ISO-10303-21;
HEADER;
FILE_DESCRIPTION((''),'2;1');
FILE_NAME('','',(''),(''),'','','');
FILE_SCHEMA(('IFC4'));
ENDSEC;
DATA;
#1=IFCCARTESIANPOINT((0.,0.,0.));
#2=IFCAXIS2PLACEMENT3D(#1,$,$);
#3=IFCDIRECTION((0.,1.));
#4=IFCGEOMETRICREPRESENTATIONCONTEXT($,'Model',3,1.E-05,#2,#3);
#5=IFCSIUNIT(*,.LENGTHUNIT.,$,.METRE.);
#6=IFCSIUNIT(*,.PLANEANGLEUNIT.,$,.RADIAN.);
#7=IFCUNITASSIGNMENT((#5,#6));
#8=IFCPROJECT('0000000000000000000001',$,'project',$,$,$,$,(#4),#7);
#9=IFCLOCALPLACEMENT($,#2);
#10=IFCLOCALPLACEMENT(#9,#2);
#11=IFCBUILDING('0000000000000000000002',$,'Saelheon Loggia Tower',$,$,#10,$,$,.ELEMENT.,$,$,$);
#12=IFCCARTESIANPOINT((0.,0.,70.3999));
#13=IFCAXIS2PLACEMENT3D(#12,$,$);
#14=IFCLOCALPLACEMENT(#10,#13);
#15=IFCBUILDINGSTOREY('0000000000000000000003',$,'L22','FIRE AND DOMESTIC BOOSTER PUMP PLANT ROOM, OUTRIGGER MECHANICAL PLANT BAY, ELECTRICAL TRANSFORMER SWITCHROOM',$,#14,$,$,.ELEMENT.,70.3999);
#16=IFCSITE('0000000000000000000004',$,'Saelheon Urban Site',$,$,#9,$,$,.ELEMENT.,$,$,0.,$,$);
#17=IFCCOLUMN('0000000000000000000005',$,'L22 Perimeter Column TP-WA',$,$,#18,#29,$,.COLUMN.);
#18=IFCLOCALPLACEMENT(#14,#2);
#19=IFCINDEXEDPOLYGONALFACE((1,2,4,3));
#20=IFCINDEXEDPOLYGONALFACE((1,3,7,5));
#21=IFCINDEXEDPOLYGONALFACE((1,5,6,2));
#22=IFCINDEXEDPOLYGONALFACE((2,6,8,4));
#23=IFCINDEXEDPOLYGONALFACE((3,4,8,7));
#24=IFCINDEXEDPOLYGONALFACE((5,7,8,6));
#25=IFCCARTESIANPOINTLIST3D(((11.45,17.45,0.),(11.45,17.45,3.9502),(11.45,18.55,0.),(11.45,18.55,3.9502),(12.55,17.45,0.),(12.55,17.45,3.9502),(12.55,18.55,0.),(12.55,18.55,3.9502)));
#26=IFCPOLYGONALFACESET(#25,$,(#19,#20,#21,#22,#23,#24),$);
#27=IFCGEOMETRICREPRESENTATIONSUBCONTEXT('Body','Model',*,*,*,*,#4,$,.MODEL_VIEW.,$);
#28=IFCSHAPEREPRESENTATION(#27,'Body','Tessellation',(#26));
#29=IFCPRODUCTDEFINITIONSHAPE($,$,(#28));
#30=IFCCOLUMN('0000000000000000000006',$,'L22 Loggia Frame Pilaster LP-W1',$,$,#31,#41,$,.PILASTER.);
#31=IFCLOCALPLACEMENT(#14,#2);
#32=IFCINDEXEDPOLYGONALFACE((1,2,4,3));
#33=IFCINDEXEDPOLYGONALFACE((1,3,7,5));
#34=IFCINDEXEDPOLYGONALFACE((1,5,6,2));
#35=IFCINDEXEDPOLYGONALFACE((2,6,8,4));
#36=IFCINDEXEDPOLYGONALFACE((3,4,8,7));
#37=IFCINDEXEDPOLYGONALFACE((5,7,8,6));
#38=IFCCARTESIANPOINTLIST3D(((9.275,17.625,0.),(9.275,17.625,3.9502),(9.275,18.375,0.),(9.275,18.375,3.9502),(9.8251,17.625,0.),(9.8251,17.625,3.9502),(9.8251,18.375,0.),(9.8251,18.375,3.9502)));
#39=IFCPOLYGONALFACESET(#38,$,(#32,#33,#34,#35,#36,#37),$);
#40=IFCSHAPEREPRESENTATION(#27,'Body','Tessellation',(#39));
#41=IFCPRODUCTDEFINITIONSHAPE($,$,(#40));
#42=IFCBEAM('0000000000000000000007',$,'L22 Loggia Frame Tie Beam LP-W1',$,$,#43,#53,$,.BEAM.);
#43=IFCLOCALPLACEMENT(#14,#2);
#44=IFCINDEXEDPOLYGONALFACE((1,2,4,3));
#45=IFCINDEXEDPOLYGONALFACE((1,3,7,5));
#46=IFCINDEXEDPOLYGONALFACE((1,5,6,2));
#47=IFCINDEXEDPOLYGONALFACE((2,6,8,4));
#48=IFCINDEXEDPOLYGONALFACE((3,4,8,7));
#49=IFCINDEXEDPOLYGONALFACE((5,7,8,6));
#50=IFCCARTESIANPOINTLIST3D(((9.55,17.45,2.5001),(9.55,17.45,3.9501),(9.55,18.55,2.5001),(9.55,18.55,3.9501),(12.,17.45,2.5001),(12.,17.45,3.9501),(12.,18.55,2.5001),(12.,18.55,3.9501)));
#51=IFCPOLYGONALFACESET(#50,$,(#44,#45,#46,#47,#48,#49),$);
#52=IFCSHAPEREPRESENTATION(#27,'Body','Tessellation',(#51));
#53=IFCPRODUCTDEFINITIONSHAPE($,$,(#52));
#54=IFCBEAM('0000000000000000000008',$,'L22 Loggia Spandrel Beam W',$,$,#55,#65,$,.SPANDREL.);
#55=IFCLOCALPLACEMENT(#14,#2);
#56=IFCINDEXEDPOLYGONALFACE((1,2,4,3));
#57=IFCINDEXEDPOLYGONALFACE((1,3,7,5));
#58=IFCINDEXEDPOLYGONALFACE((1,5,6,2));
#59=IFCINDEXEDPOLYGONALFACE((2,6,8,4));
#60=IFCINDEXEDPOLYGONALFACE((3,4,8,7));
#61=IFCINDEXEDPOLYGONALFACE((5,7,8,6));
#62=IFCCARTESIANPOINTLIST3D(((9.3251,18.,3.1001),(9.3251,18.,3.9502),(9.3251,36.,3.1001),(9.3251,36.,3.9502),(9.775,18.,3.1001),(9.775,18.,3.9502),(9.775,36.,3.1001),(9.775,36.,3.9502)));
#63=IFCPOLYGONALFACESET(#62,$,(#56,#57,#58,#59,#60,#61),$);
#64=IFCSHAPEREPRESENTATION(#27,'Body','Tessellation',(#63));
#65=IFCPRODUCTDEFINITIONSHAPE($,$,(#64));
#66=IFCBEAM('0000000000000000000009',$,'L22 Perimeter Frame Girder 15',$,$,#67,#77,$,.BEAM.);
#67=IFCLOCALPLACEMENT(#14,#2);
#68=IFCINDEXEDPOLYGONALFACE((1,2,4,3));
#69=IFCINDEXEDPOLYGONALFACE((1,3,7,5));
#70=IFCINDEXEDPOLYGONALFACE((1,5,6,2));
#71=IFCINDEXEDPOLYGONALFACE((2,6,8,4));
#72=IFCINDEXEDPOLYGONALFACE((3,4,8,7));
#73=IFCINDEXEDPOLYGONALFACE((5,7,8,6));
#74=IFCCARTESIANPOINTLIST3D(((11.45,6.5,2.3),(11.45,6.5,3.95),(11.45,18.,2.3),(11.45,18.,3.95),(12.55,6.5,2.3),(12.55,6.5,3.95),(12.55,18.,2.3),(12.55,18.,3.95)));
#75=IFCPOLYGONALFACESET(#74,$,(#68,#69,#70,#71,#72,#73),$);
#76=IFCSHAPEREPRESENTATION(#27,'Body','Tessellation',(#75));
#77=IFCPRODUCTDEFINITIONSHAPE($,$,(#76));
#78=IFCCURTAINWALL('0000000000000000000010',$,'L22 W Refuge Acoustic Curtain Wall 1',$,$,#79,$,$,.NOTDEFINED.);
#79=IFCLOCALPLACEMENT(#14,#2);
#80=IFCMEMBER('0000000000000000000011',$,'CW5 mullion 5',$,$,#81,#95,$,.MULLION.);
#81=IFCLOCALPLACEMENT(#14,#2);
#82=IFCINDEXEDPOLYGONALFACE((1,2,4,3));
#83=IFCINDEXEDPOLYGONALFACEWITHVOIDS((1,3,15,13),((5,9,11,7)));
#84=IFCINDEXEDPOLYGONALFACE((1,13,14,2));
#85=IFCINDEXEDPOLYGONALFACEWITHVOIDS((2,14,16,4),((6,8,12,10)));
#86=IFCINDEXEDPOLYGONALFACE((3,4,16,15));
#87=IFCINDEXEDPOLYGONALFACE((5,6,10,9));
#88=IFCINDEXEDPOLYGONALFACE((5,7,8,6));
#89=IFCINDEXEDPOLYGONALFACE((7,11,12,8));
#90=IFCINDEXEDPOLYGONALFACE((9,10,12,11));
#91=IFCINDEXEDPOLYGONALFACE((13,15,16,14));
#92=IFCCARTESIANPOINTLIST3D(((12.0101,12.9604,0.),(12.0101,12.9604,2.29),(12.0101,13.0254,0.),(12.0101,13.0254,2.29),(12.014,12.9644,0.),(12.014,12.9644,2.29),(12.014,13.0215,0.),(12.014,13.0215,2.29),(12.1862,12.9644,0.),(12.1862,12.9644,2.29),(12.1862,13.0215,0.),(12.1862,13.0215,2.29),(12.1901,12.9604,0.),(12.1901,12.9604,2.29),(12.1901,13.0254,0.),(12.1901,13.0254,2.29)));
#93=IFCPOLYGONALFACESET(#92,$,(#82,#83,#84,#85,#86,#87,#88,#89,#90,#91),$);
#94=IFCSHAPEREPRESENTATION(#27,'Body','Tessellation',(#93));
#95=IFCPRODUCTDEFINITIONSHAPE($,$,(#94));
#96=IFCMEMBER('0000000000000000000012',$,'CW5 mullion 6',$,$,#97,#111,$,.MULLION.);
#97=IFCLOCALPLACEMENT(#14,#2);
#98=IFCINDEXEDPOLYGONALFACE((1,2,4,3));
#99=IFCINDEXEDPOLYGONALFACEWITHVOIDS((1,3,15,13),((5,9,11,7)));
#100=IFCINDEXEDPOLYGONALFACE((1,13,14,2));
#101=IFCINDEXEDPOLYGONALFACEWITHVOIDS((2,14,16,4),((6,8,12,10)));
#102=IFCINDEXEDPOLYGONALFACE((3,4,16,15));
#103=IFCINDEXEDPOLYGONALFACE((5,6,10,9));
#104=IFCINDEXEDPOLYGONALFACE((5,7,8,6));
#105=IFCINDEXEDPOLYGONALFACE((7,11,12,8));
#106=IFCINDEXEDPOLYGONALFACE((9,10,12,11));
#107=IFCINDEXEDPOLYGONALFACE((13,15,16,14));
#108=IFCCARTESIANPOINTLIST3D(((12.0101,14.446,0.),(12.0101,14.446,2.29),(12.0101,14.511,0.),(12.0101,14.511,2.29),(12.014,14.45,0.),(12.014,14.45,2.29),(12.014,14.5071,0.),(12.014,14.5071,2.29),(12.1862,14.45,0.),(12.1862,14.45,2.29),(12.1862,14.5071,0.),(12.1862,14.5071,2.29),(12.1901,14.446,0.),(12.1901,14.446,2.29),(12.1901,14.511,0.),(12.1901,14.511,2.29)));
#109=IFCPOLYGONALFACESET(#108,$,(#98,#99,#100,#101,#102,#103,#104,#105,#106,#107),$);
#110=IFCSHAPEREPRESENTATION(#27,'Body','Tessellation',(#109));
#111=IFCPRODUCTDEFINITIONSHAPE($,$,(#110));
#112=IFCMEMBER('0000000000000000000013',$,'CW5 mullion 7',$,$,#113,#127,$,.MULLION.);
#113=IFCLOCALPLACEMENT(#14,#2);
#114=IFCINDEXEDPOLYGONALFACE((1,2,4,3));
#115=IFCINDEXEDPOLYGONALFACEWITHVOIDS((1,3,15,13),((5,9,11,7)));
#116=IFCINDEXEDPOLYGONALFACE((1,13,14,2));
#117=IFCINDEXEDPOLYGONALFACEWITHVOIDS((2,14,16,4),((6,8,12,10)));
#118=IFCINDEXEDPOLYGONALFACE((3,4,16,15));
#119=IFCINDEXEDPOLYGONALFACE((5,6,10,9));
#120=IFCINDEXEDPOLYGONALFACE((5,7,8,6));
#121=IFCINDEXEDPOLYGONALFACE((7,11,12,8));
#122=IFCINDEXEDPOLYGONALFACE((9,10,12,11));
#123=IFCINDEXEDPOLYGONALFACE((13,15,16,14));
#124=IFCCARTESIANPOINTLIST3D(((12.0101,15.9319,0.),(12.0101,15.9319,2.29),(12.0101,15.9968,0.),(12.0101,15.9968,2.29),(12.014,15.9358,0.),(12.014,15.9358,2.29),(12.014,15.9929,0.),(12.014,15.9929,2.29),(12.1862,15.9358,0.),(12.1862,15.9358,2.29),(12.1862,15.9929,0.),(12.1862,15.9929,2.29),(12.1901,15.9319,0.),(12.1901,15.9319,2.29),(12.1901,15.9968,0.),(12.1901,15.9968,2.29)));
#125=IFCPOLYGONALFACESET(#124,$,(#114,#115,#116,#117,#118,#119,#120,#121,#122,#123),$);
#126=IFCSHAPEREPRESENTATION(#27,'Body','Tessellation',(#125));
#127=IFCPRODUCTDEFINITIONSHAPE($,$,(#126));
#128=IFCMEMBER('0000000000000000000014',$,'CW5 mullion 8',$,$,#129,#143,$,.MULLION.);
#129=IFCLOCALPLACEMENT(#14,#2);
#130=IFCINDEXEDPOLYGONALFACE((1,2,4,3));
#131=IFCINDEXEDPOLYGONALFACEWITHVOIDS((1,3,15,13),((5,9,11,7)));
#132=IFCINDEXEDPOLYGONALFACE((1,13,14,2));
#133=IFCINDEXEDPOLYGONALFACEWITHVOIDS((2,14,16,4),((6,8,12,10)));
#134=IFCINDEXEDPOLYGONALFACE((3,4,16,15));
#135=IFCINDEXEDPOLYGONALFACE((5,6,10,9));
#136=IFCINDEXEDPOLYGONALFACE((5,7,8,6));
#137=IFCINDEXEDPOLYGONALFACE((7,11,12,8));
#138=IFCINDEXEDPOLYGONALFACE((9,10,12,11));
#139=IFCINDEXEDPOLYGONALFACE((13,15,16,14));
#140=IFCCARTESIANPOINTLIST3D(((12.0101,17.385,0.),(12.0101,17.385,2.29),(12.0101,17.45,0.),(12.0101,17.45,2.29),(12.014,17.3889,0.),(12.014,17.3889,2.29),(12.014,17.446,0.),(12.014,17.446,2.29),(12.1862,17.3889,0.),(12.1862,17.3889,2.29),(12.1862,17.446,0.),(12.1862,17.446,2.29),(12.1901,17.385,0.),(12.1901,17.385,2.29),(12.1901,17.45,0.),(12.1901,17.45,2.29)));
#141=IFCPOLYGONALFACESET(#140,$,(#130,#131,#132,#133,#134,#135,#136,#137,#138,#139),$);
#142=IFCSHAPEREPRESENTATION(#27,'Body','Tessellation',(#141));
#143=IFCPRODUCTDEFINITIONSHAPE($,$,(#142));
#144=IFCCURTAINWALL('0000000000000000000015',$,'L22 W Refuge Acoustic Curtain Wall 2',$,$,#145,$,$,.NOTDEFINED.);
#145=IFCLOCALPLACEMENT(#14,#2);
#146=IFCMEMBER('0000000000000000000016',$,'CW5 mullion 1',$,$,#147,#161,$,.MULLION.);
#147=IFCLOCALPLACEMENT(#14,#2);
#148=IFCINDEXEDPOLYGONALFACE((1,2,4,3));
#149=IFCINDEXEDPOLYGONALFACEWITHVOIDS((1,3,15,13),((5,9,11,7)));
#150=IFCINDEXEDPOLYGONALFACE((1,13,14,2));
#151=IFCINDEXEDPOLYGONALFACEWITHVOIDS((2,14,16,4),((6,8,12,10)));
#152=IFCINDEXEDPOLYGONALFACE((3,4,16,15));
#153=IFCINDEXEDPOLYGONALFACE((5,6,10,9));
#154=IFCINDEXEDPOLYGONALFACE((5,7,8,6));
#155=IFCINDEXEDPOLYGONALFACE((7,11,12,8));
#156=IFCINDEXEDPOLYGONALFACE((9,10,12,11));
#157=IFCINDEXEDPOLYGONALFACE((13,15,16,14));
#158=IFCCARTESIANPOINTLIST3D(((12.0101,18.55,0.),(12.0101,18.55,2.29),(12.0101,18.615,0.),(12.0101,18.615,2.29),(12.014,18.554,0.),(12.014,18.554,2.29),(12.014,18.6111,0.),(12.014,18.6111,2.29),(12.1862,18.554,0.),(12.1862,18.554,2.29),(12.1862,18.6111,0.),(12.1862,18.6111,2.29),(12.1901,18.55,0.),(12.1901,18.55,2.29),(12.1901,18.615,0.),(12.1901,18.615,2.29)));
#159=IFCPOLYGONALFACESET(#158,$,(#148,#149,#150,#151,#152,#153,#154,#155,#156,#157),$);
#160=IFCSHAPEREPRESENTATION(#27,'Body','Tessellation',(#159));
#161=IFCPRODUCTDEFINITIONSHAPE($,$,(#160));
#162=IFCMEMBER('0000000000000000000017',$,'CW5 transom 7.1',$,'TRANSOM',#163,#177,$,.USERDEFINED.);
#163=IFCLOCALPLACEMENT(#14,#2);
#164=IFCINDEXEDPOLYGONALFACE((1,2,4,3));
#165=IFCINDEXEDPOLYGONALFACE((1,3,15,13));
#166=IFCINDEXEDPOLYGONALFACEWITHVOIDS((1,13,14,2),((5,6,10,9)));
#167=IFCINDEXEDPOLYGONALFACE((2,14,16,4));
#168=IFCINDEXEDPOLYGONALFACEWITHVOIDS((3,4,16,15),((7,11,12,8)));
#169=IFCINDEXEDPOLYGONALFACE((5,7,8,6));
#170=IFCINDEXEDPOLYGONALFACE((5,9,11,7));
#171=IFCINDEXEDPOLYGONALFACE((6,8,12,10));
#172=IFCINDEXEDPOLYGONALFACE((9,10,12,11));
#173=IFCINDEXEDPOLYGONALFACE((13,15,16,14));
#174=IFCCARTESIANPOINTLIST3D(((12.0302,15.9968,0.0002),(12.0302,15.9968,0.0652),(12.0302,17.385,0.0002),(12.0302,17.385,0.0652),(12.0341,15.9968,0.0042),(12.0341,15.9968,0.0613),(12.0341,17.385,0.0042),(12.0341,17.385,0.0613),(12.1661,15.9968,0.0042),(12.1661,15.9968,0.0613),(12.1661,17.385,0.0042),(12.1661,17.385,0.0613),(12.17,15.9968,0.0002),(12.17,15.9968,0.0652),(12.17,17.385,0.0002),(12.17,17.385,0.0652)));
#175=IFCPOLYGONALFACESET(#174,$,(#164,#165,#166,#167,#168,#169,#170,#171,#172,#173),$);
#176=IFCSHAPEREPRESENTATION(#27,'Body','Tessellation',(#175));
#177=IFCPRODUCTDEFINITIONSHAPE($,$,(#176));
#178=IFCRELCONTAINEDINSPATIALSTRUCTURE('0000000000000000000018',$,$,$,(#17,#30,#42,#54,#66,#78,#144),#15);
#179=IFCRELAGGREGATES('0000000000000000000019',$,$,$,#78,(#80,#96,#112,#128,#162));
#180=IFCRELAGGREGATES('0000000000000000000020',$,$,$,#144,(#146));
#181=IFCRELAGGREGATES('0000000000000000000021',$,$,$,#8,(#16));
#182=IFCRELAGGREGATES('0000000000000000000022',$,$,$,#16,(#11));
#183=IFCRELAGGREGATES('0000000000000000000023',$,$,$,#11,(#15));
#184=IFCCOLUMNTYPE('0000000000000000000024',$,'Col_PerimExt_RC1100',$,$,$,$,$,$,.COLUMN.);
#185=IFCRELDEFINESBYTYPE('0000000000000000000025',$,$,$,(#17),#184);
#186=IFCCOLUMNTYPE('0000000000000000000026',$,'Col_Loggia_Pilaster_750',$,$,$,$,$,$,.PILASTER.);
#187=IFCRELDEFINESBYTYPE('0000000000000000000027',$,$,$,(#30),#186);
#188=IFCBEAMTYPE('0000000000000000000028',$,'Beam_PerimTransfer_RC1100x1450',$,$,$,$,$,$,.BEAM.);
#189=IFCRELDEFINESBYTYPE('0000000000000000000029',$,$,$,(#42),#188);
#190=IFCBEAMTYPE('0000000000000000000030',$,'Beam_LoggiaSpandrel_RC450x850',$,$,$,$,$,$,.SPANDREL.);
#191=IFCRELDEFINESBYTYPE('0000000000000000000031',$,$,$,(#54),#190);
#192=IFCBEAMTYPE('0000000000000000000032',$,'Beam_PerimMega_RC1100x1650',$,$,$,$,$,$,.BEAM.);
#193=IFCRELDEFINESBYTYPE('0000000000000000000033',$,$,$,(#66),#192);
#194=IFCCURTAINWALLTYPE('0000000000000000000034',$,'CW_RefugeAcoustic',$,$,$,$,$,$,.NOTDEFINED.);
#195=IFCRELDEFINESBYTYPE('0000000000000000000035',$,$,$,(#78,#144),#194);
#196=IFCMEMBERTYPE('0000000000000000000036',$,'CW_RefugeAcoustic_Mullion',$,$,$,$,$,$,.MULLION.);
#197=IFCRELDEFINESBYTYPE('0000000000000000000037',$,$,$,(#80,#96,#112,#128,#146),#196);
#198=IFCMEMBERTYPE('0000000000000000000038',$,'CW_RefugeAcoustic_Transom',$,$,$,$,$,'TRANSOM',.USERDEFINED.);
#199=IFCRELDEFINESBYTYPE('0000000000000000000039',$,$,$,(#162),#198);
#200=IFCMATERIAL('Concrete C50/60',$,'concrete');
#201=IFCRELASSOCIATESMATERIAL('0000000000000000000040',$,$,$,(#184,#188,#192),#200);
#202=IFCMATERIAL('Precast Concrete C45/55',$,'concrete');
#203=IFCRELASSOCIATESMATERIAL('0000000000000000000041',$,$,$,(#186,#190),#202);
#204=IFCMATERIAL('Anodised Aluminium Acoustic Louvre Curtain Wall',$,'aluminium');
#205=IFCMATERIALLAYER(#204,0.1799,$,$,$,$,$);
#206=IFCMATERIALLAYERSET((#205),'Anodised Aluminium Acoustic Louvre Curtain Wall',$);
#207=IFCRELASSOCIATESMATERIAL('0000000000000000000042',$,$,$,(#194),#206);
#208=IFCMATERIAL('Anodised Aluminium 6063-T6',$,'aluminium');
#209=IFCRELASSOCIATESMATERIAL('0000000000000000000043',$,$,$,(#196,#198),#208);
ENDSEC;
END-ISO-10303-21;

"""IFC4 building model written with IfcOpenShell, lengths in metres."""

from ifc_helpers import new_model, si_unit, direction, frame, origin, origin_2d, place, context, subcontext, project, spatial, rectangle, hollow_rectangle, extrude, source, transform, mapped, material, layer, layer_set, material_profile, profile_set, type_object, element, aggregate, save


model = new_model("IFC4")

# Units and contexts
model_context = context("Model", 3, precision=1e-05, world=origin(), true_north=direction((0.0, 1.0)))
body_context = subcontext(model_context, "Body", "Model", "MODEL_VIEW")
ifc_project = project(units=[si_unit("LENGTHUNIT", "METRE"), si_unit("PLANEANGLEUNIT", "RADIAN")], contexts=[model_context])

# Site, building, storey
site_placement = place(None, origin())
site = spatial("IfcSite", under=ifc_project, at=site_placement, Name="Saelheon Urban Site", CompositionType="ELEMENT", RefElevation=0.0)
building_placement = place(site_placement, origin())
building = spatial("IfcBuilding", under=site, at=building_placement, Name="Saelheon Loggia Tower", CompositionType="ELEMENT")
storey_placement = place(building_placement, frame((0.0, 0.0, 70.3999)))
storey = spatial("IfcBuildingStorey", under=building, at=storey_placement, Name="L22", Description="FIRE AND DOMESTIC BOOSTER PUMP PLANT ROOM, OUTRIGGER MECHANICAL PLANT BAY, ELECTRICAL TRANSFORMER SWITCHROOM", CompositionType="ELEMENT", Elevation=70.3999)

# Columns
ifc_material_1 = material(Name="Concrete C50/60", Category="concrete")
ifc_material_profile_1 = material_profile(ifc_material_1, rectangle(XDim=1.1001, YDim=1.1001, at=origin_2d()), Name="RC-1100x1100")
ifc_profile_set_1 = profile_set([ifc_material_profile_1], Name="Concrete C50/60")
column_type_1 = type_object("IfcColumnType", Name="Col_PerimExt_RC1100", PredefinedType="COLUMN", material=ifc_profile_set_1)
shared_shape_1 = source(origin(), body_context, "Body", "SweptSolid", [
    extrude(rectangle(XDim=1.1001, YDim=1.1001, at=origin_2d()), origin(), (0.0, 0.0, 1.0), 3.9502),
])
column_1_placement = place(storey_placement, frame((12.0, 18.0, 0.0), z_axis=(0.0, 0.0, 1.0), x_axis=(1.0, 0.0, 0.0)))
element("IfcColumn", 1, at=column_1_placement, inside=storey, type_object=column_type_1, Name="L22 Perimeter Column TP-WA", PredefinedType="COLUMN", context=body_context, shape_type="MappedRepresentation", body=[
    mapped(shared_shape_1, transform((0.0, 0.0, 0.0), scale=1.0)),
])
ifc_material_2 = material(Name="Precast Concrete C45/55", Category="concrete")
ifc_material_profile_2 = material_profile(ifc_material_2, rectangle(XDim=0.55, YDim=0.75, at=origin_2d()), Name="RC-550x750")
ifc_profile_set_2 = profile_set([ifc_material_profile_2], Name="Precast Concrete C45/55")
column_type_2 = type_object("IfcColumnType", Name="Col_Loggia_Pilaster_750", PredefinedType="PILASTER", material=ifc_profile_set_2)
shared_shape_2 = source(origin(), body_context, "Body", "SweptSolid", [
    extrude(rectangle(XDim=0.55, YDim=0.75, at=origin_2d()), origin(), (0.0, 0.0, 1.0), 3.9502),
])
column_2_placement = place(storey_placement, frame((9.55, 18.0, 0.0), z_axis=(0.0, 0.0, 1.0), x_axis=(1.0, 0.0, 0.0)))
element("IfcColumn", 2, at=column_2_placement, inside=storey, type_object=column_type_2, Name="L22 Loggia Frame Pilaster LP-W1", PredefinedType="PILASTER", context=body_context, shape_type="MappedRepresentation", body=[
    mapped(shared_shape_2, transform((0.0, 0.0, 0.0), scale=1.0)),
])

# Beams
ifc_material_profile_3 = material_profile(ifc_material_1, rectangle(XDim=1.1001, YDim=1.45, at=origin_2d()), Name="RC-1100x1450")
ifc_profile_set_3 = profile_set([ifc_material_profile_3], Name="Concrete C50/60")
beam_type_1 = type_object("IfcBeamType", Name="Beam_PerimTransfer_RC1100x1450", PredefinedType="BEAM", material=ifc_profile_set_3)
shared_shape_3 = source(origin(), body_context, "Body", "SweptSolid", [
    extrude(rectangle(XDim=1.1001, YDim=1.45, at=origin_2d()), origin(), (0.0, 0.0, 1.0), 2.45),
])
beam_1_placement = place(storey_placement, frame((12.0, 18.0, 3.2251), z_axis=(-1.0, 0.0, 0.0), x_axis=(0.0, -1.0, 0.0)))
element("IfcBeam", 3, at=beam_1_placement, inside=storey, type_object=beam_type_1, Name="L22 Loggia Frame Tie Beam LP-W1", PredefinedType="BEAM", context=body_context, shape_type="MappedRepresentation", body=[
    mapped(shared_shape_3, transform((0.0, 0.0, 0.0), scale=1.0)),
])
ifc_material_profile_4 = material_profile(ifc_material_2, rectangle(XDim=0.45, YDim=0.8501, at=origin_2d()), Name="RC-450x850")
ifc_profile_set_4 = profile_set([ifc_material_profile_4], Name="Precast Concrete C45/55")
beam_type_2 = type_object("IfcBeamType", Name="Beam_LoggiaSpandrel_RC450x850", PredefinedType="SPANDREL", material=ifc_profile_set_4)
shared_shape_4 = source(origin(), body_context, "Body", "SweptSolid", [
    extrude(rectangle(XDim=0.45, YDim=0.8501, at=origin_2d()), origin(), (0.0, 0.0, 1.0), 18.0),
])
beam_2_placement = place(storey_placement, frame((9.55, 18.0, 3.5251), z_axis=(0.0, 1.0, 0.0), x_axis=(-1.0, 0.0, 0.0)))
element("IfcBeam", 4, at=beam_2_placement, inside=storey, type_object=beam_type_2, Name="L22 Loggia Spandrel Beam W", PredefinedType="SPANDREL", context=body_context, shape_type="MappedRepresentation", body=[
    mapped(shared_shape_4, transform((0.0, 0.0, 0.0), scale=1.0)),
])
ifc_material_profile_5 = material_profile(ifc_material_1, rectangle(XDim=1.1001, YDim=1.6499, at=origin_2d()), Name="RC-1100x1650")
ifc_profile_set_5 = profile_set([ifc_material_profile_5], Name="Concrete C50/60")
beam_type_3 = type_object("IfcBeamType", Name="Beam_PerimMega_RC1100x1650", PredefinedType="BEAM", material=ifc_profile_set_5)
shared_shape_5 = source(origin(), body_context, "Body", "SweptSolid", [
    extrude(rectangle(XDim=1.1001, YDim=1.6499, at=origin_2d()), origin(), (0.0, 0.0, 1.0), 11.5),
])
beam_3_placement = place(storey_placement, frame((12.0, 18.0, 3.125), z_axis=(0.0, -1.0, 0.0), x_axis=(1.0, 0.0, 0.0)))
element("IfcBeam", 5, at=beam_3_placement, inside=storey, type_object=beam_type_3, Name="L22 Perimeter Frame Girder 15", PredefinedType="BEAM", context=body_context, shape_type="MappedRepresentation", body=[
    mapped(shared_shape_5, transform((0.0, 0.0, 0.0), scale=1.0)),
])

# Curtain wall, members
ifc_material_3 = material(Name="Anodised Aluminium Acoustic Louvre Curtain Wall", Category="aluminium")
ifc_layer_1 = layer(ifc_material_3, 0.1799)
ifc_layer_set_1 = layer_set([ifc_layer_1], Name="Anodised Aluminium Acoustic Louvre Curtain Wall")
curtain_wall_type = type_object("IfcCurtainWallType", Name="CW_RefugeAcoustic", PredefinedType="NOTDEFINED", material=ifc_layer_set_1)
curtain_wall_1_placement = place(storey_placement, origin())
curtain_wall_1 = element("IfcCurtainWall", 6, at=curtain_wall_1_placement, inside=storey, type_object=curtain_wall_type, Name="L22 W Refuge Acoustic Curtain Wall 1", PredefinedType="NOTDEFINED")
ifc_material_4 = material(Name="Anodised Aluminium 6063-T6", Category="aluminium")
ifc_material_profile_6 = material_profile(ifc_material_4, hollow_rectangle(XDim=0.0649, YDim=0.1799, WallThickness=0.0039, at=origin_2d()), Name="RHS-180x65x4")
ifc_profile_set_6 = profile_set([ifc_material_profile_6], Name="Anodised Aluminium 6063-T6")
member_type_1 = type_object("IfcMemberType", Name="CW_RefugeAcoustic_Mullion", PredefinedType="MULLION", material=ifc_profile_set_6)
shared_shape_6 = source(origin(), body_context, "Body", "SweptSolid", [
    extrude(hollow_rectangle(XDim=0.0649, YDim=0.1799, WallThickness=0.0039, at=origin_2d()), origin(), (0.0, 0.0, 1.0), 2.29),
])
member_1_placement = place(storey_placement, frame((12.1001, 12.9929, 0.0), z_axis=(0.0, 0.0, 1.0), x_axis=(0.0, 1.0, 0.0)))
member_1 = element("IfcMember", 7, at=member_1_placement, type_object=member_type_1, Name="CW5 mullion 5", PredefinedType="MULLION", context=body_context, shape_type="MappedRepresentation", body=[
    mapped(shared_shape_6, transform((0.0, 0.0, 0.0), scale=1.0)),
])
member_2_placement = place(storey_placement, frame((12.1001, 14.4785, 0.0), z_axis=(0.0, 0.0, 1.0), x_axis=(0.0, 1.0, 0.0)))
member_2 = element("IfcMember", 8, at=member_2_placement, type_object=member_type_1, Name="CW5 mullion 6", PredefinedType="MULLION", context=body_context, shape_type="MappedRepresentation", body=[
    mapped(shared_shape_6, transform((0.0, 0.0, 0.0), scale=1.0)),
])
member_3_placement = place(storey_placement, frame((12.1001, 15.9644, 0.0), z_axis=(0.0, 0.0, 1.0), x_axis=(0.0, 1.0, 0.0)))
member_3 = element("IfcMember", 9, at=member_3_placement, type_object=member_type_1, Name="CW5 mullion 7", PredefinedType="MULLION", context=body_context, shape_type="MappedRepresentation", body=[
    mapped(shared_shape_6, transform((0.0, 0.0, 0.0), scale=1.0)),
])
member_4_placement = place(storey_placement, frame((12.1001, 17.4175, 0.0), z_axis=(0.0, 0.0, 1.0), x_axis=(0.0, 1.0, 0.0)))
member_4 = element("IfcMember", 10, at=member_4_placement, type_object=member_type_1, Name="CW5 mullion 8", PredefinedType="MULLION", context=body_context, shape_type="MappedRepresentation", body=[
    mapped(shared_shape_6, transform((0.0, 0.0, 0.0), scale=1.0)),
])

# Curtain wall, member
curtain_wall_2_placement = place(storey_placement, origin())
curtain_wall_2 = element("IfcCurtainWall", 11, at=curtain_wall_2_placement, inside=storey, type_object=curtain_wall_type, Name="L22 W Refuge Acoustic Curtain Wall 2", PredefinedType="NOTDEFINED")
member_5_placement = place(storey_placement, frame((12.1001, 18.5825, 0.0), z_axis=(0.0, 0.0, 1.0), x_axis=(0.0, 1.0, 0.0)))
member_5 = element("IfcMember", 12, at=member_5_placement, type_object=member_type_1, Name="CW5 mullion 1", PredefinedType="MULLION", context=body_context, shape_type="MappedRepresentation", body=[
    mapped(shared_shape_6, transform((0.0, 0.0, 0.0), scale=1.0)),
])

# Member
ifc_material_profile_7 = material_profile(ifc_material_4, hollow_rectangle(XDim=0.0649, YDim=0.1399, WallThickness=0.0039, at=origin_2d()), Name="RHS-140x65x4")
ifc_profile_set_7 = profile_set([ifc_material_profile_7], Name="Anodised Aluminium 6063-T6")
member_type_2 = type_object("IfcMemberType", Name="CW_RefugeAcoustic_Transom", ElementType="TRANSOM", PredefinedType="USERDEFINED", material=ifc_profile_set_7)
shared_shape_7 = source(origin(), body_context, "Body", "SweptSolid", [
    extrude(hollow_rectangle(XDim=0.0649, YDim=0.1399, WallThickness=0.0039, at=origin_2d()), origin(), (0.0, 0.0, 1.0), 1.3882),
])
member_6_placement = place(storey_placement, frame((12.1001, 15.9968, 0.0327), z_axis=(0.0, 1.0, 0.0), x_axis=(0.0, 0.0, 1.0)))
member_6 = element("IfcMember", 13, at=member_6_placement, type_object=member_type_2, Name="CW5 transom 7.1", ObjectType="TRANSOM", PredefinedType="USERDEFINED", context=body_context, shape_type="MappedRepresentation", body=[
    mapped(shared_shape_7, transform((0.0, 0.0, 0.0), scale=1.0)),
])

aggregate(curtain_wall_1, [member_1, member_2, member_3, member_4, member_6])
aggregate(curtain_wall_2, [member_5])

save(model, "model.ifc")
